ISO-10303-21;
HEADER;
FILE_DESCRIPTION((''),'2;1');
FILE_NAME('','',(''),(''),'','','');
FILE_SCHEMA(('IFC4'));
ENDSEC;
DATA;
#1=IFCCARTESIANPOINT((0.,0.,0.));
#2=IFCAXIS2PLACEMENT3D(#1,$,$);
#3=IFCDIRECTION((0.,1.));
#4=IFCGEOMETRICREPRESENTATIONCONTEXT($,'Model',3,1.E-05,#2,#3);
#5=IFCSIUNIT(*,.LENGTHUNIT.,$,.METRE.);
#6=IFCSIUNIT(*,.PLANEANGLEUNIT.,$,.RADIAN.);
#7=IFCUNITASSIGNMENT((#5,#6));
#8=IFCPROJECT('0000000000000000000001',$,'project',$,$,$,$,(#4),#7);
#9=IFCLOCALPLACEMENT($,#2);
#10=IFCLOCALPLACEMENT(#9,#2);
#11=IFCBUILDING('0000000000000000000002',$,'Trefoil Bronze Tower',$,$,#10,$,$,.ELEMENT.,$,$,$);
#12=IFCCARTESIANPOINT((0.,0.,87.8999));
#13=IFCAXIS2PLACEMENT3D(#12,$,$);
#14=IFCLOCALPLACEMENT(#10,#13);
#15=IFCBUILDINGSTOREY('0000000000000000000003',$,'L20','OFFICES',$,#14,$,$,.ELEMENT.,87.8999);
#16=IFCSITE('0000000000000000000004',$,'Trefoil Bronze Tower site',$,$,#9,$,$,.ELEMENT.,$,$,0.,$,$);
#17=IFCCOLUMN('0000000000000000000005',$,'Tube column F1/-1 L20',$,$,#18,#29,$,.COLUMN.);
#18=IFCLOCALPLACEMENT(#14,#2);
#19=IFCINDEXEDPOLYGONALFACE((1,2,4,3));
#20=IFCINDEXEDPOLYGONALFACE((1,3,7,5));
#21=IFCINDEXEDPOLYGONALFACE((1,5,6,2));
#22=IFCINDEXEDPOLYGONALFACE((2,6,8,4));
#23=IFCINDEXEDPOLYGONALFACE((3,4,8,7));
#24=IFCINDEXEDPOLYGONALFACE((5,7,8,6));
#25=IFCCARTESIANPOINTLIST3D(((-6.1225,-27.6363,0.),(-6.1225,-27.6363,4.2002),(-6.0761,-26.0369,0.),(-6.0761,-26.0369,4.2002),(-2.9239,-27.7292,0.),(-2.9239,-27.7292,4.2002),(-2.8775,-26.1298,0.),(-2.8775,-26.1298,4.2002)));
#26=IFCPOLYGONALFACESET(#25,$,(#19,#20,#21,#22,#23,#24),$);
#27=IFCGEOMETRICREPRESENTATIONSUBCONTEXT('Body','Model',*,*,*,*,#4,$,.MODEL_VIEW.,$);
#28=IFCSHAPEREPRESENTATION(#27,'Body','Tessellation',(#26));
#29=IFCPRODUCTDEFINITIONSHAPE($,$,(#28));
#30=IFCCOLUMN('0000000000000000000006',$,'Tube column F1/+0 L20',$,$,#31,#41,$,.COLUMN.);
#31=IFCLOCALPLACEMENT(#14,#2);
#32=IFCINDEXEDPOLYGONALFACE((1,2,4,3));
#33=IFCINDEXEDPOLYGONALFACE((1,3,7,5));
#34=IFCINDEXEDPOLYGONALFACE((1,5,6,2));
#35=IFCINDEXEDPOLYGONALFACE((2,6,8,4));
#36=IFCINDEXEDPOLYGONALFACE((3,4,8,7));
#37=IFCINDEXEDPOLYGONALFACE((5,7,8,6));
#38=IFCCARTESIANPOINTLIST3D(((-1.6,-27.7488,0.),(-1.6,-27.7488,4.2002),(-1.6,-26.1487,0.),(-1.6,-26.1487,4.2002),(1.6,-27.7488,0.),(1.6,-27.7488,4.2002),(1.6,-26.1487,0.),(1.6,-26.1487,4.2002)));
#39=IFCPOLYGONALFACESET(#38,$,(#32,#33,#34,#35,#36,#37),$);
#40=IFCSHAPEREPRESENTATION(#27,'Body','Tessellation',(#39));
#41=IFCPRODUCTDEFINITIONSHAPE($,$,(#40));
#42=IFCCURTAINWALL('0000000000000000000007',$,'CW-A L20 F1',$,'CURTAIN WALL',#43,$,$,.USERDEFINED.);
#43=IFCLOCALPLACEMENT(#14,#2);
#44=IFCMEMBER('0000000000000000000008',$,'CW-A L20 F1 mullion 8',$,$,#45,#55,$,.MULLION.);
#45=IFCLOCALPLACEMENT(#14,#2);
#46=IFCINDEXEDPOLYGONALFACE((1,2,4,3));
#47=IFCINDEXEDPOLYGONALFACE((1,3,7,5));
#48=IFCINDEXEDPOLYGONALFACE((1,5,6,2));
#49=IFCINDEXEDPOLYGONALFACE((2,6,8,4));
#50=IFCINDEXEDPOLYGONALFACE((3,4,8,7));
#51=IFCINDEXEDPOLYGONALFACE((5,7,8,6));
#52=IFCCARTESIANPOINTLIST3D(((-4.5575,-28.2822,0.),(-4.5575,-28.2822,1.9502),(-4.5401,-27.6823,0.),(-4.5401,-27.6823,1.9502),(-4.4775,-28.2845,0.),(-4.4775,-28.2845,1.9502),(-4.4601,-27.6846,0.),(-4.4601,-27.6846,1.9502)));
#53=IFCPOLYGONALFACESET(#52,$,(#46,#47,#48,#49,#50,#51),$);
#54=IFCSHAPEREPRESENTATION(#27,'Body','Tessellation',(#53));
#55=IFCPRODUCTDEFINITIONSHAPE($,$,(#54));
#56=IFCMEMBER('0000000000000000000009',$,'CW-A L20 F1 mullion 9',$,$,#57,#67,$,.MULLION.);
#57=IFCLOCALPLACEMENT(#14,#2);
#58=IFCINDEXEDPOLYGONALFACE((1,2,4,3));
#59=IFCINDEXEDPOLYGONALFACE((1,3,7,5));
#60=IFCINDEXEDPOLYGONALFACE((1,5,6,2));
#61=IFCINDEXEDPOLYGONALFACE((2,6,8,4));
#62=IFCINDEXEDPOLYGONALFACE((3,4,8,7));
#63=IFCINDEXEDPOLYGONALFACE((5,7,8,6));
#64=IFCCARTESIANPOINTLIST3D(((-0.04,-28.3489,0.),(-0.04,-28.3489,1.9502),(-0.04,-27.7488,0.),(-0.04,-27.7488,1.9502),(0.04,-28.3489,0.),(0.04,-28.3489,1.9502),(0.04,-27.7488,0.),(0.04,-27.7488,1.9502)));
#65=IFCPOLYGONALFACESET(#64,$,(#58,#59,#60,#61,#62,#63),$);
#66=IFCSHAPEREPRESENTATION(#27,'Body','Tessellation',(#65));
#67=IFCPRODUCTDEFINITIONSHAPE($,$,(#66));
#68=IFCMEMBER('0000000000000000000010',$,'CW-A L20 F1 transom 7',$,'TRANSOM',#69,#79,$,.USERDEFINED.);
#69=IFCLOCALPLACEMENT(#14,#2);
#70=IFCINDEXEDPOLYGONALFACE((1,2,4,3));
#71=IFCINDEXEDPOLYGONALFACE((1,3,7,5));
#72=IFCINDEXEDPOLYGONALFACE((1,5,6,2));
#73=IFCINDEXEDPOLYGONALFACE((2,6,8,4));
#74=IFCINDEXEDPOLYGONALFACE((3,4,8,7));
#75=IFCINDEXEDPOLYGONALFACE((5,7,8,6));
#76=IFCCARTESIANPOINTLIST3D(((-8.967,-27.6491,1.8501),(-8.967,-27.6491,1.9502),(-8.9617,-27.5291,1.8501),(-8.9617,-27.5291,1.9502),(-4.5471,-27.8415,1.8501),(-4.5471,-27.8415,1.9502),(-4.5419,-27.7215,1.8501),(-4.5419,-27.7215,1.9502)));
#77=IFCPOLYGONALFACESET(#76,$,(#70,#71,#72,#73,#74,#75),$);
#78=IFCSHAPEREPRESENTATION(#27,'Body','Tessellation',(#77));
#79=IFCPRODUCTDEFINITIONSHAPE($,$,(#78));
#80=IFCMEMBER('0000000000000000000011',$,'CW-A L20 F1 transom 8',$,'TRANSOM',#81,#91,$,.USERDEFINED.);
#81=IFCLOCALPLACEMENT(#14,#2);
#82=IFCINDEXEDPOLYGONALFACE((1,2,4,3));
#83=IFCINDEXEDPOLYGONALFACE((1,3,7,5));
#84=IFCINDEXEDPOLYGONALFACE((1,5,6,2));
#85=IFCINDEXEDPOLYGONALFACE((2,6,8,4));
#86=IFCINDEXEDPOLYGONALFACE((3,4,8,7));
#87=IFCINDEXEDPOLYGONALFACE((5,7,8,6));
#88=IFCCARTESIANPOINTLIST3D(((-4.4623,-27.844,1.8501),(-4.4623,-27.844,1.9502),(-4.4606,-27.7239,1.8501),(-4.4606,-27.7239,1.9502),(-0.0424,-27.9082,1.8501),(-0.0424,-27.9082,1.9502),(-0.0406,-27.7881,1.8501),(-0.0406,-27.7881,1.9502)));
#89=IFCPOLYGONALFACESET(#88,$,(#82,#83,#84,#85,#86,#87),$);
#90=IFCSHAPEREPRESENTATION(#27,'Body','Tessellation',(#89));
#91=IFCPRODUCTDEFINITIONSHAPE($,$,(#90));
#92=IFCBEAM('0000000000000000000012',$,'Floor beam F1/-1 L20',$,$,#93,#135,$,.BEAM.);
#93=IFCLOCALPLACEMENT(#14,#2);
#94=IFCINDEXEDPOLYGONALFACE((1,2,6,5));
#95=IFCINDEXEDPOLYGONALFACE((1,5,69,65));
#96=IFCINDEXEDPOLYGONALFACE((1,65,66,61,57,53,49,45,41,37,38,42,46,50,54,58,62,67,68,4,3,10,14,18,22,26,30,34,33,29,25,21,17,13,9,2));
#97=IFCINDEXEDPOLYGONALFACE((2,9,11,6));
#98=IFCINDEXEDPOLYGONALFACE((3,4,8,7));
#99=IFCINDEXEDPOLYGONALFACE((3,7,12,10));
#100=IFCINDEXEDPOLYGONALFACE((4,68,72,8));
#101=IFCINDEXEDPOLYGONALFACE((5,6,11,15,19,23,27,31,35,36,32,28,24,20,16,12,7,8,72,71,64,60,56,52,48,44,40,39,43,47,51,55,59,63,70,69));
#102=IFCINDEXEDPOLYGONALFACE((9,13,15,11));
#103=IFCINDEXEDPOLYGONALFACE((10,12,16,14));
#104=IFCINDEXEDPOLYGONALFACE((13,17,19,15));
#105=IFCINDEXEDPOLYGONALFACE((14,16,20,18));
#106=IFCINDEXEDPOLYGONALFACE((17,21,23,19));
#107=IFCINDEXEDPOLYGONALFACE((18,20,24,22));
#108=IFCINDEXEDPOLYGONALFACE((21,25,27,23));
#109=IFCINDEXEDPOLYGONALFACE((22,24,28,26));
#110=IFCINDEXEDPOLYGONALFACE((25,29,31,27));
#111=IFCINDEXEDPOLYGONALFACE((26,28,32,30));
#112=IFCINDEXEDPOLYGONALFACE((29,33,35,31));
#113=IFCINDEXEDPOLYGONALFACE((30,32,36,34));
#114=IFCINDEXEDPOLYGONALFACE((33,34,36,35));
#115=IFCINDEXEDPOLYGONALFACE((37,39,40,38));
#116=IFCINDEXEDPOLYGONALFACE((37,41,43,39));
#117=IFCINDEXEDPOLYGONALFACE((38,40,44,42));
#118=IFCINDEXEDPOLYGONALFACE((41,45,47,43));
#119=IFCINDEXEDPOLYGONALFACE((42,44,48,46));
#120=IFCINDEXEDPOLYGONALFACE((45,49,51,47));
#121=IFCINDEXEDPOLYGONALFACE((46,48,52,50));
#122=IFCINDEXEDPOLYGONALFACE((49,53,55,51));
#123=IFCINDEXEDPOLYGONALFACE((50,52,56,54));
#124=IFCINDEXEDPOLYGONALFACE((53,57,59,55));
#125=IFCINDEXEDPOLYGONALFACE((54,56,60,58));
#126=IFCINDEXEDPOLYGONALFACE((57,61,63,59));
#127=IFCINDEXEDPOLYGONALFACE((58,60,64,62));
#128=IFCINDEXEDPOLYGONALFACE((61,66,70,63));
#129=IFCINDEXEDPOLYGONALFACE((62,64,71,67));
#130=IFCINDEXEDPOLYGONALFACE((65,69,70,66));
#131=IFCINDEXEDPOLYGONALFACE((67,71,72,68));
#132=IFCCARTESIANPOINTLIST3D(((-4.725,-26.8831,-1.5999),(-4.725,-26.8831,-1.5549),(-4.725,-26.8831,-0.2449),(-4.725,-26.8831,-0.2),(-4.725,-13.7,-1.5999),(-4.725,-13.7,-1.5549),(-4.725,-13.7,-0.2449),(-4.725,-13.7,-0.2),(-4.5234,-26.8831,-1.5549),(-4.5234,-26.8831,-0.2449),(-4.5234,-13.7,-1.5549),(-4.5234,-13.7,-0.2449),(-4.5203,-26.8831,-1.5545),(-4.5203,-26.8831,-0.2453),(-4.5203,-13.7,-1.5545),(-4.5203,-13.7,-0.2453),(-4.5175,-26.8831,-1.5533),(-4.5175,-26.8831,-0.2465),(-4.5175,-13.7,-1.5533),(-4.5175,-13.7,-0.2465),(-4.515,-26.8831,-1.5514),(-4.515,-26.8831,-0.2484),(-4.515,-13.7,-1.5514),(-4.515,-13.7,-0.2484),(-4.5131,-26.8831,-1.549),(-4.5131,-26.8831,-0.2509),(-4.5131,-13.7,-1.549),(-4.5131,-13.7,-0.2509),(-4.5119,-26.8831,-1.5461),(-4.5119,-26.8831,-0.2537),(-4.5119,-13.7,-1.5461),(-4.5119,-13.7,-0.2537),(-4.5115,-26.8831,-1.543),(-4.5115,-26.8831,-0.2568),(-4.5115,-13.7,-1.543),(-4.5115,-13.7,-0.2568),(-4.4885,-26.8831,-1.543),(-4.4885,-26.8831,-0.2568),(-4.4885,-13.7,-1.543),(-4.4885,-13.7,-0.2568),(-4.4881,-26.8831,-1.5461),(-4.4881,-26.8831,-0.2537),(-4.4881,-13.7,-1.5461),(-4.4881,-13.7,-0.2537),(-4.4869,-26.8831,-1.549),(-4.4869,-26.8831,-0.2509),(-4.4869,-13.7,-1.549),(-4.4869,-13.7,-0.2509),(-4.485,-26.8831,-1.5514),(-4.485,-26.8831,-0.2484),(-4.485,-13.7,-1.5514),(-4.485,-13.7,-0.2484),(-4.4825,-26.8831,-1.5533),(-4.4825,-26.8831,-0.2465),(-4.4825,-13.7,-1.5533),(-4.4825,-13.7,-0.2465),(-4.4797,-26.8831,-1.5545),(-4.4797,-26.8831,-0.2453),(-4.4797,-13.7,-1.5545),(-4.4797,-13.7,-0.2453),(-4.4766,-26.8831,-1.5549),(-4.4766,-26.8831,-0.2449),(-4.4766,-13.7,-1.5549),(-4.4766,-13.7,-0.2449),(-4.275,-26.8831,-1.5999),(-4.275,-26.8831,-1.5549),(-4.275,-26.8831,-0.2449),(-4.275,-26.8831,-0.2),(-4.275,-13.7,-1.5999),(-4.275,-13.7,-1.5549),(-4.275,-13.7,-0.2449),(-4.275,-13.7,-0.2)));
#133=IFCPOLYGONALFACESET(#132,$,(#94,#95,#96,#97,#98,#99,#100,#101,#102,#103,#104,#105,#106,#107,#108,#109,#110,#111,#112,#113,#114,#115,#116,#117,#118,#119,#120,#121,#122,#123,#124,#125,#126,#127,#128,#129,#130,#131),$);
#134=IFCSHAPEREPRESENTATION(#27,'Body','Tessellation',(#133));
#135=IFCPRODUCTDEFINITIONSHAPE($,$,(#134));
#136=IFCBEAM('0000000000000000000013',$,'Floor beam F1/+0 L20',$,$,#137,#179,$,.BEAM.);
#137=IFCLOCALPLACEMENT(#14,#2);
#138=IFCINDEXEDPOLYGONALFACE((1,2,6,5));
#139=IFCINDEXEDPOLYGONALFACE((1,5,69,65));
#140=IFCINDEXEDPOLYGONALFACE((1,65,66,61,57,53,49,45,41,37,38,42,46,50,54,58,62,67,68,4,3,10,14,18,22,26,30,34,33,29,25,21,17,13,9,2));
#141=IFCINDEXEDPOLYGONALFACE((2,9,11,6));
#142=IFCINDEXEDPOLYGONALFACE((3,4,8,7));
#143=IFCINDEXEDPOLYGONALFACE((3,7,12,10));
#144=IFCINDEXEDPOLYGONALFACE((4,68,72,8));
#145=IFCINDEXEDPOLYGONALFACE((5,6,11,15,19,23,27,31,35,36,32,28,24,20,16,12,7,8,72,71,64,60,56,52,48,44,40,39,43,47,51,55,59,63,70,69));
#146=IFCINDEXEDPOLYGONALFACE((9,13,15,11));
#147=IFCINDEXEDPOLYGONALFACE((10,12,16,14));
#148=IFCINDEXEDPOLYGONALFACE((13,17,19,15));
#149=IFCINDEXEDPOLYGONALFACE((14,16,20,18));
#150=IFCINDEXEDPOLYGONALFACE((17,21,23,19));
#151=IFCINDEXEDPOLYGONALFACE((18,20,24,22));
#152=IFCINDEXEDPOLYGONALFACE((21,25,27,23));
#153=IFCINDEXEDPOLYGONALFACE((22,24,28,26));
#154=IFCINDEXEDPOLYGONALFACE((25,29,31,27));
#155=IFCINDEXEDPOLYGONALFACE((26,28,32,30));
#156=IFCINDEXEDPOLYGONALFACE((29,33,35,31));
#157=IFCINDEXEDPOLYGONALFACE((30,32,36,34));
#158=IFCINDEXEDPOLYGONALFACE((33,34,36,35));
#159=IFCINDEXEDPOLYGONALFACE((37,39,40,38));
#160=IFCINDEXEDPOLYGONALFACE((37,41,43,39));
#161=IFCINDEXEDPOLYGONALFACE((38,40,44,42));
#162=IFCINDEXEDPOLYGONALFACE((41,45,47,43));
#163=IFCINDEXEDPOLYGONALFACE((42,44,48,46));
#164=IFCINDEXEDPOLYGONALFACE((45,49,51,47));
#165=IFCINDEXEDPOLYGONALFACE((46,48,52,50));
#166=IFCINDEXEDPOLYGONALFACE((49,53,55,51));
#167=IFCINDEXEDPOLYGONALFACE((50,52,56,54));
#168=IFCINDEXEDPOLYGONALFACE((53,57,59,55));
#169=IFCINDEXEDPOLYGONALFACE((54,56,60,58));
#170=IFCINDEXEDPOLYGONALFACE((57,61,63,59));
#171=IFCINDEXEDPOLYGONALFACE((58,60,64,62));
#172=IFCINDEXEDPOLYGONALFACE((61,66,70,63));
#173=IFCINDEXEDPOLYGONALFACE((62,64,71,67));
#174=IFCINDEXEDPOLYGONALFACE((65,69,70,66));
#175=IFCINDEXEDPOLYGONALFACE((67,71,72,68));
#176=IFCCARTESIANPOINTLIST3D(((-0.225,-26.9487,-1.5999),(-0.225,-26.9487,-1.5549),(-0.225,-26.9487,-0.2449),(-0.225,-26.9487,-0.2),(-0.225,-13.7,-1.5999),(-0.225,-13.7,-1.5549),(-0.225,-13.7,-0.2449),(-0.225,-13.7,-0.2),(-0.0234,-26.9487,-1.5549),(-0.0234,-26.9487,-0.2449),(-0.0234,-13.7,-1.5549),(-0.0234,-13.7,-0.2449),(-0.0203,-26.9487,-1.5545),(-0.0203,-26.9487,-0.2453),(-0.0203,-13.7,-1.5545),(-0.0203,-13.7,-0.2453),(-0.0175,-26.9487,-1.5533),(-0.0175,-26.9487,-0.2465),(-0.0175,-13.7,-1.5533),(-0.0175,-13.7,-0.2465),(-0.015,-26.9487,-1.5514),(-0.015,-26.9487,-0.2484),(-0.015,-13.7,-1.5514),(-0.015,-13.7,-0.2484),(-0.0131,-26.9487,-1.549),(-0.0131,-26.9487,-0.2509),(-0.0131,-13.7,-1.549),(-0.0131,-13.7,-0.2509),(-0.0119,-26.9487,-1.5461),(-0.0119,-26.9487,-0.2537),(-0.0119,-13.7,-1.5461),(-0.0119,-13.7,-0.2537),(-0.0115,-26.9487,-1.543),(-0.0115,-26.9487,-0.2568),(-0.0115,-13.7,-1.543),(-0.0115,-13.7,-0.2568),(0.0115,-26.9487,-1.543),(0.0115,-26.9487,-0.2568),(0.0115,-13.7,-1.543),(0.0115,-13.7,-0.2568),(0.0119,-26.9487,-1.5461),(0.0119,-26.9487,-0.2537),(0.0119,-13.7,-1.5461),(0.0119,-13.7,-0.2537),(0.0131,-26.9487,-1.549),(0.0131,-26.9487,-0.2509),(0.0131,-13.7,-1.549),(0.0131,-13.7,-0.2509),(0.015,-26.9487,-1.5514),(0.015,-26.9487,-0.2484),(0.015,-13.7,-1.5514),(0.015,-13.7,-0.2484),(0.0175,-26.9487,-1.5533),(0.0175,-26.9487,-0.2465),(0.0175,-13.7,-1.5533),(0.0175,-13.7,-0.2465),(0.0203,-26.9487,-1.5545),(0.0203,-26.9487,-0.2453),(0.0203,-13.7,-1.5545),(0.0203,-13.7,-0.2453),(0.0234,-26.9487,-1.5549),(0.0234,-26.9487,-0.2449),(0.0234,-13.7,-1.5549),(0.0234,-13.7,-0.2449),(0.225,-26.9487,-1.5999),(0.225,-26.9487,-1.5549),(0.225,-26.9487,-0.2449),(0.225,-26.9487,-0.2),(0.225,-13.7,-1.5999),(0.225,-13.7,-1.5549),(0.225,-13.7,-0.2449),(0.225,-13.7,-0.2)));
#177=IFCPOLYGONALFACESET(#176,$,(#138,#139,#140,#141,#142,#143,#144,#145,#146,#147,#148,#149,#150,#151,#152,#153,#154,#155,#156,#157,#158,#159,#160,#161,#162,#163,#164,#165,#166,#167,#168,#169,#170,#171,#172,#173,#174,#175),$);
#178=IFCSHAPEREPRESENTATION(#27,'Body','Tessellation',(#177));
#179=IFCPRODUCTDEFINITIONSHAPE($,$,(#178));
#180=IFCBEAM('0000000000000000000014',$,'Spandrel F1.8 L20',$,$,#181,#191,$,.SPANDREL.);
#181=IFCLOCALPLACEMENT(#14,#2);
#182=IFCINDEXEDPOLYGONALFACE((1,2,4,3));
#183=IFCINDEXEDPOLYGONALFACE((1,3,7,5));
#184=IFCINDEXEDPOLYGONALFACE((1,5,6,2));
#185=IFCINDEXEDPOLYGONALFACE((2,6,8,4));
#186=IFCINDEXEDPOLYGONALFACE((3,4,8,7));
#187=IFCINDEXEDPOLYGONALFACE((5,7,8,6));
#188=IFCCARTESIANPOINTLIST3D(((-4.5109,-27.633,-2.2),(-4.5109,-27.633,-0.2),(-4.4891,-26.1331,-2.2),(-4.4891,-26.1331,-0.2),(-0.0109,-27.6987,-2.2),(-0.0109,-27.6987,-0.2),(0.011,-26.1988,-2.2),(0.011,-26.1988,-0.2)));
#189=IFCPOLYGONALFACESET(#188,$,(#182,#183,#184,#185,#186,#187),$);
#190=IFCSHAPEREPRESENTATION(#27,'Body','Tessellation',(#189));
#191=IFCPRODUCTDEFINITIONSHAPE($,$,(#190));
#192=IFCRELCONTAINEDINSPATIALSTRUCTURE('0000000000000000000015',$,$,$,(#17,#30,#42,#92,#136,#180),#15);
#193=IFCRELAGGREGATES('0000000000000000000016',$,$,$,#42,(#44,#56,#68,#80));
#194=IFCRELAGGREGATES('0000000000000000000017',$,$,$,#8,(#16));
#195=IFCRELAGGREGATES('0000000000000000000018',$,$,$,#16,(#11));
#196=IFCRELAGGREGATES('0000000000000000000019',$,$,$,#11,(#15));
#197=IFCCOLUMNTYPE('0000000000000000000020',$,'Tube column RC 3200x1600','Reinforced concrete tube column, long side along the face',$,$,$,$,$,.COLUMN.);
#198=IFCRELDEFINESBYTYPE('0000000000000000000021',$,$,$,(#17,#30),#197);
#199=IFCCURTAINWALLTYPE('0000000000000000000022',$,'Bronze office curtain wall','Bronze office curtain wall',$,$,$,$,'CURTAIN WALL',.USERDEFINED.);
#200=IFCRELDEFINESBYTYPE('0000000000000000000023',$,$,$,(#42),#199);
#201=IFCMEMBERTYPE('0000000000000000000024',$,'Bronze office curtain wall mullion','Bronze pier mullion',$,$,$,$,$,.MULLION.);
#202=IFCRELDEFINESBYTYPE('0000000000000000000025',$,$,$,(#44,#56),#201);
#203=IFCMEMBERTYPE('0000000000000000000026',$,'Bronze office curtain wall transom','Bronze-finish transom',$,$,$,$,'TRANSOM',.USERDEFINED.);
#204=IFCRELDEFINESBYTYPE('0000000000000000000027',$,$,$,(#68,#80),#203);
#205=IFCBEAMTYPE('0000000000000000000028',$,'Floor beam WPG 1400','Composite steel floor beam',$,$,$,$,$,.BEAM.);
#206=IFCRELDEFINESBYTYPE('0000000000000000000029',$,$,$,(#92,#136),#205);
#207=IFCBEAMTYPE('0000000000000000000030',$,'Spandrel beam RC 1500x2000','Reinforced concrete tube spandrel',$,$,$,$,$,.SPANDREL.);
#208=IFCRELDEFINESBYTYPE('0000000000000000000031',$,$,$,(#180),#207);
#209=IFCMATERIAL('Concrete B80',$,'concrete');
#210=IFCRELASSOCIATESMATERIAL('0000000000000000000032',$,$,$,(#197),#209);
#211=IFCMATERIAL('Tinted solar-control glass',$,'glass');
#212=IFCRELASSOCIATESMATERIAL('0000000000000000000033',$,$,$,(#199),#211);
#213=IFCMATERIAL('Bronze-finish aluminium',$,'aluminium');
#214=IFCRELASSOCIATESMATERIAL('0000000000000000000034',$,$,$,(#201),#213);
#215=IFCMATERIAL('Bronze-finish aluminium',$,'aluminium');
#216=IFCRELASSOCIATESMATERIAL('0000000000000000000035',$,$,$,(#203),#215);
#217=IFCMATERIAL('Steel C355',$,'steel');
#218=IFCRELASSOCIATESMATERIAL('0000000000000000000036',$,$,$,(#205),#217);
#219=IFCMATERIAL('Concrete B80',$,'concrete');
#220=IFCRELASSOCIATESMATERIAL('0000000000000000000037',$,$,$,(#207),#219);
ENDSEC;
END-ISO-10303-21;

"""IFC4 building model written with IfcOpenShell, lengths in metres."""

from ifc_helpers import new_model, si_unit, direction, frame, origin, origin_2d, place, context, subcontext, project, spatial, rectangle, i_section, extrude, material, material_profile, profile_set, type_object, element, aggregate, save


model = new_model("IFC4")

# Units and contexts
model_context = context("Model", 3, precision=1e-05, world=origin(), true_north=direction((0.0, 1.0)))
body_context = subcontext(model_context, "Body", "Model", "MODEL_VIEW")
ifc_project = project(units=[si_unit("LENGTHUNIT", "METRE"), si_unit("PLANEANGLEUNIT", "RADIAN")], contexts=[model_context])

# Site, building, storey
site_placement = place(None, origin())
site = spatial("IfcSite", under=ifc_project, at=site_placement, Name="Trefoil Bronze Tower site", CompositionType="ELEMENT", RefElevation=0.0)
building_placement = place(site_placement, origin())
building = spatial("IfcBuilding", under=site, at=building_placement, Name="Trefoil Bronze Tower", CompositionType="ELEMENT")
storey_placement = place(building_placement, frame((0.0, 0.0, 87.8999)))
storey = spatial("IfcBuildingStorey", under=building, at=storey_placement, Name="L20", Description="OFFICES", CompositionType="ELEMENT", Elevation=87.8999)

# Columns
ifc_material_1 = material(Name="Concrete B80", Category="concrete")
ifc_material_profile_1 = material_profile(ifc_material_1, rectangle(XDim=3.2, YDim=1.6001, at=origin_2d()), Name="RC 3200x1600")
ifc_profile_set_1 = profile_set([ifc_material_profile_1], Name="Concrete B80")
column_type = type_object("IfcColumnType", Name="Tube column RC 3200x1600", Description="Reinforced concrete tube column, long side along the face", PredefinedType="COLUMN", material=ifc_profile_set_1)
for number, where, z_axis, x_axis, name in (
    (1, (-4.5, -26.8831, 0.0), (0.0, 0.0, 1.0), (0.999579, -0.029022, 0.0), "Tube column F1/-1 L20"),
    (2, (0.0, -26.9487, 0.0), (0.0, 0.0, 1.0), (1.0, 0.0, 0.0), "Tube column F1/+0 L20"),
):
    element("IfcColumn", number, at=place(storey_placement, frame(where, z_axis=z_axis, x_axis=x_axis)), inside=storey, type_object=column_type, Name=name, PredefinedType="COLUMN", context=body_context, shape_type="SweptSolid", body=[
        extrude(rectangle(XDim=3.2, YDim=1.6001, at=origin_2d()), origin(), (0.0, 0.0, 1.0), 4.2002),
    ])

# Curtain wall, members
ifc_material_2 = material(Name="Tinted solar-control glass", Category="glass")
curtain_wall_type = type_object("IfcCurtainWallType", Name="Bronze office curtain wall", Description="Bronze office curtain wall", ElementType="CURTAIN WALL", PredefinedType="USERDEFINED", material=ifc_material_2)
curtain_wall_placement = place(storey_placement, origin())
curtain_wall = element("IfcCurtainWall", 3, at=curtain_wall_placement, inside=storey, type_object=curtain_wall_type, Name="CW-A L20 F1", ObjectType="CURTAIN WALL", PredefinedType="USERDEFINED")
ifc_material_3 = material(Name="Bronze-finish aluminium", Category="aluminium")
ifc_material_profile_2 = material_profile(ifc_material_3, rectangle(XDim=0.6001, YDim=0.0801, at=origin_2d()), Name="CW-A mullion")
ifc_profile_set_2 = profile_set([ifc_material_profile_2], Name="Bronze-finish aluminium")
member_type_1 = type_object("IfcMemberType", Name="Bronze office curtain wall mullion", Description="Bronze pier mullion", PredefinedType="MULLION", material=ifc_profile_set_2)
member_1_placement = place(storey_placement, frame((-4.5088, -27.9834, 0.0), z_axis=(0.0, 0.0, 1.0), x_axis=(0.029022, 0.999579, 0.0)))
member_1 = element("IfcMember", 4, at=member_1_placement, type_object=member_type_1, Name="CW-A L20 F1 mullion 8", PredefinedType="MULLION", context=body_context, shape_type="SweptSolid", body=[
    extrude(rectangle(XDim=0.6001, YDim=0.0801, at=origin_2d()), origin(), (0.0, 0.0, 1.0), 1.9502),
])
member_2_placement = place(storey_placement, frame((0.0, -28.0488, 0.0), z_axis=(0.0, 0.0, 1.0), x_axis=(0.0, 1.0, 0.0)))
member_2 = element("IfcMember", 5, at=member_2_placement, type_object=member_type_1, Name="CW-A L20 F1 mullion 9", PredefinedType="MULLION", context=body_context, shape_type="SweptSolid", body=[
    extrude(rectangle(XDim=0.6001, YDim=0.0801, at=origin_2d()), origin(), (0.0, 0.0, 1.0), 1.9502),
])
ifc_material_4 = material(Name="Bronze-finish aluminium", Category="aluminium")
ifc_material_profile_3 = material_profile(ifc_material_4, rectangle(XDim=0.1201, YDim=0.1001, at=origin_2d()), Name="CW-A transom")
ifc_profile_set_3 = profile_set([ifc_material_profile_3], Name="Bronze-finish aluminium")
member_type_2 = type_object("IfcMemberType", Name="Bronze office curtain wall transom", Description="Bronze-finish transom", ElementType="TRANSOM", PredefinedType="USERDEFINED", material=ifc_profile_set_3)
member_3_placement = place(storey_placement, frame((-8.9644, -27.5891, 1.9001), z_axis=(0.999054, -0.043485, 0.0), x_axis=(0.043485, 0.999054, 0.0)))
member_3 = element("IfcMember", 6, at=member_3_placement, type_object=member_type_2, Name="CW-A L20 F1 transom 7", ObjectType="TRANSOM", PredefinedType="USERDEFINED", context=body_context, shape_type="SweptSolid", body=[
    extrude(rectangle(XDim=0.1201, YDim=0.1001, at=origin_2d()), origin(), (0.0, 0.0, 1.0), 4.4241),
])
member_4_placement = place(storey_placement, frame((-4.4614, -27.7839, 1.9001), z_axis=(0.999894, -0.014526, 0.0), x_axis=(0.014526, 0.999894, 0.0)))
member_4 = element("IfcMember", 7, at=member_4_placement, type_object=member_type_2, Name="CW-A L20 F1 transom 8", ObjectType="TRANSOM", PredefinedType="USERDEFINED", context=body_context, shape_type="SweptSolid", body=[
    extrude(rectangle(XDim=0.1201, YDim=0.1001, at=origin_2d()), origin(), (0.0, 0.0, 1.0), 4.4204),
])

# Beams
ifc_material_5 = material(Name="Steel C355", Category="steel")
ifc_material_profile_4 = material_profile(ifc_material_5, i_section(OverallWidth=0.45, OverallDepth=1.3999, WebThickness=0.0229, FlangeThickness=0.0449, FilletRadius=0.012, at=origin_2d()), Name="WPG 1400")
ifc_profile_set_4 = profile_set([ifc_material_profile_4], Name="Steel C355")
beam_type_1 = type_object("IfcBeamType", Name="Floor beam WPG 1400", Description="Composite steel floor beam", PredefinedType="BEAM", material=ifc_profile_set_4)
beam_1_placement = place(storey_placement, frame((-4.5, -26.8831, -0.8999), z_axis=(0.0, 1.0, 0.0), x_axis=(-1.0, 0.0, 0.0)))
element("IfcBeam", 8, at=beam_1_placement, inside=storey, type_object=beam_type_1, Name="Floor beam F1/-1 L20", PredefinedType="BEAM", context=body_context, shape_type="SweptSolid", body=[
    extrude(i_section(OverallWidth=0.45, OverallDepth=1.3999, WebThickness=0.0229, FlangeThickness=0.0449, FilletRadius=0.012, at=origin_2d()), origin(), (0.0, 0.0, 1.0), 13.1831),
])
beam_2_placement = place(storey_placement, frame((0.0, -26.9487, -0.8999), z_axis=(0.0, 1.0, 0.0), x_axis=(-1.0, 0.0, 0.0)))
element("IfcBeam", 9, at=beam_2_placement, inside=storey, type_object=beam_type_1, Name="Floor beam F1/+0 L20", PredefinedType="BEAM", context=body_context, shape_type="SweptSolid", body=[
    extrude(i_section(OverallWidth=0.45, OverallDepth=1.3999, WebThickness=0.0229, FlangeThickness=0.0449, FilletRadius=0.012, at=origin_2d()), origin(), (0.0, 0.0, 1.0), 13.2488),
])
ifc_material_6 = material(Name="Concrete B80", Category="concrete")
ifc_material_profile_5 = material_profile(ifc_material_6, rectangle(XDim=1.5, YDim=2.0, at=origin_2d()), Name="RC 1500x2000")
ifc_profile_set_5 = profile_set([ifc_material_profile_5], Name="Concrete B80")
beam_type_2 = type_object("IfcBeamType", Name="Spandrel beam RC 1500x2000", Description="Reinforced concrete tube spandrel", PredefinedType="SPANDREL", material=ifc_profile_set_5)
for number, where, z_axis, x_axis, name in (
    (10, (-4.5, -26.8831, -1.2), (0.999894, -0.014593, 0.0), (0.014593, 0.999894, 0.0), "Spandrel F1.8 L20"),
):
    element("IfcBeam", number, at=place(storey_placement, frame(where, z_axis=z_axis, x_axis=x_axis)), inside=storey, type_object=beam_type_2, Name=name, PredefinedType="SPANDREL", context=body_context, shape_type="SweptSolid", body=[
        extrude(rectangle(XDim=1.5, YDim=2.0, at=origin_2d()), origin(), (0.0, 0.0, 1.0), 4.5005),
    ])

aggregate(curtain_wall, [member_1, member_2, member_3, member_4])

save(model, "model.ifc")
